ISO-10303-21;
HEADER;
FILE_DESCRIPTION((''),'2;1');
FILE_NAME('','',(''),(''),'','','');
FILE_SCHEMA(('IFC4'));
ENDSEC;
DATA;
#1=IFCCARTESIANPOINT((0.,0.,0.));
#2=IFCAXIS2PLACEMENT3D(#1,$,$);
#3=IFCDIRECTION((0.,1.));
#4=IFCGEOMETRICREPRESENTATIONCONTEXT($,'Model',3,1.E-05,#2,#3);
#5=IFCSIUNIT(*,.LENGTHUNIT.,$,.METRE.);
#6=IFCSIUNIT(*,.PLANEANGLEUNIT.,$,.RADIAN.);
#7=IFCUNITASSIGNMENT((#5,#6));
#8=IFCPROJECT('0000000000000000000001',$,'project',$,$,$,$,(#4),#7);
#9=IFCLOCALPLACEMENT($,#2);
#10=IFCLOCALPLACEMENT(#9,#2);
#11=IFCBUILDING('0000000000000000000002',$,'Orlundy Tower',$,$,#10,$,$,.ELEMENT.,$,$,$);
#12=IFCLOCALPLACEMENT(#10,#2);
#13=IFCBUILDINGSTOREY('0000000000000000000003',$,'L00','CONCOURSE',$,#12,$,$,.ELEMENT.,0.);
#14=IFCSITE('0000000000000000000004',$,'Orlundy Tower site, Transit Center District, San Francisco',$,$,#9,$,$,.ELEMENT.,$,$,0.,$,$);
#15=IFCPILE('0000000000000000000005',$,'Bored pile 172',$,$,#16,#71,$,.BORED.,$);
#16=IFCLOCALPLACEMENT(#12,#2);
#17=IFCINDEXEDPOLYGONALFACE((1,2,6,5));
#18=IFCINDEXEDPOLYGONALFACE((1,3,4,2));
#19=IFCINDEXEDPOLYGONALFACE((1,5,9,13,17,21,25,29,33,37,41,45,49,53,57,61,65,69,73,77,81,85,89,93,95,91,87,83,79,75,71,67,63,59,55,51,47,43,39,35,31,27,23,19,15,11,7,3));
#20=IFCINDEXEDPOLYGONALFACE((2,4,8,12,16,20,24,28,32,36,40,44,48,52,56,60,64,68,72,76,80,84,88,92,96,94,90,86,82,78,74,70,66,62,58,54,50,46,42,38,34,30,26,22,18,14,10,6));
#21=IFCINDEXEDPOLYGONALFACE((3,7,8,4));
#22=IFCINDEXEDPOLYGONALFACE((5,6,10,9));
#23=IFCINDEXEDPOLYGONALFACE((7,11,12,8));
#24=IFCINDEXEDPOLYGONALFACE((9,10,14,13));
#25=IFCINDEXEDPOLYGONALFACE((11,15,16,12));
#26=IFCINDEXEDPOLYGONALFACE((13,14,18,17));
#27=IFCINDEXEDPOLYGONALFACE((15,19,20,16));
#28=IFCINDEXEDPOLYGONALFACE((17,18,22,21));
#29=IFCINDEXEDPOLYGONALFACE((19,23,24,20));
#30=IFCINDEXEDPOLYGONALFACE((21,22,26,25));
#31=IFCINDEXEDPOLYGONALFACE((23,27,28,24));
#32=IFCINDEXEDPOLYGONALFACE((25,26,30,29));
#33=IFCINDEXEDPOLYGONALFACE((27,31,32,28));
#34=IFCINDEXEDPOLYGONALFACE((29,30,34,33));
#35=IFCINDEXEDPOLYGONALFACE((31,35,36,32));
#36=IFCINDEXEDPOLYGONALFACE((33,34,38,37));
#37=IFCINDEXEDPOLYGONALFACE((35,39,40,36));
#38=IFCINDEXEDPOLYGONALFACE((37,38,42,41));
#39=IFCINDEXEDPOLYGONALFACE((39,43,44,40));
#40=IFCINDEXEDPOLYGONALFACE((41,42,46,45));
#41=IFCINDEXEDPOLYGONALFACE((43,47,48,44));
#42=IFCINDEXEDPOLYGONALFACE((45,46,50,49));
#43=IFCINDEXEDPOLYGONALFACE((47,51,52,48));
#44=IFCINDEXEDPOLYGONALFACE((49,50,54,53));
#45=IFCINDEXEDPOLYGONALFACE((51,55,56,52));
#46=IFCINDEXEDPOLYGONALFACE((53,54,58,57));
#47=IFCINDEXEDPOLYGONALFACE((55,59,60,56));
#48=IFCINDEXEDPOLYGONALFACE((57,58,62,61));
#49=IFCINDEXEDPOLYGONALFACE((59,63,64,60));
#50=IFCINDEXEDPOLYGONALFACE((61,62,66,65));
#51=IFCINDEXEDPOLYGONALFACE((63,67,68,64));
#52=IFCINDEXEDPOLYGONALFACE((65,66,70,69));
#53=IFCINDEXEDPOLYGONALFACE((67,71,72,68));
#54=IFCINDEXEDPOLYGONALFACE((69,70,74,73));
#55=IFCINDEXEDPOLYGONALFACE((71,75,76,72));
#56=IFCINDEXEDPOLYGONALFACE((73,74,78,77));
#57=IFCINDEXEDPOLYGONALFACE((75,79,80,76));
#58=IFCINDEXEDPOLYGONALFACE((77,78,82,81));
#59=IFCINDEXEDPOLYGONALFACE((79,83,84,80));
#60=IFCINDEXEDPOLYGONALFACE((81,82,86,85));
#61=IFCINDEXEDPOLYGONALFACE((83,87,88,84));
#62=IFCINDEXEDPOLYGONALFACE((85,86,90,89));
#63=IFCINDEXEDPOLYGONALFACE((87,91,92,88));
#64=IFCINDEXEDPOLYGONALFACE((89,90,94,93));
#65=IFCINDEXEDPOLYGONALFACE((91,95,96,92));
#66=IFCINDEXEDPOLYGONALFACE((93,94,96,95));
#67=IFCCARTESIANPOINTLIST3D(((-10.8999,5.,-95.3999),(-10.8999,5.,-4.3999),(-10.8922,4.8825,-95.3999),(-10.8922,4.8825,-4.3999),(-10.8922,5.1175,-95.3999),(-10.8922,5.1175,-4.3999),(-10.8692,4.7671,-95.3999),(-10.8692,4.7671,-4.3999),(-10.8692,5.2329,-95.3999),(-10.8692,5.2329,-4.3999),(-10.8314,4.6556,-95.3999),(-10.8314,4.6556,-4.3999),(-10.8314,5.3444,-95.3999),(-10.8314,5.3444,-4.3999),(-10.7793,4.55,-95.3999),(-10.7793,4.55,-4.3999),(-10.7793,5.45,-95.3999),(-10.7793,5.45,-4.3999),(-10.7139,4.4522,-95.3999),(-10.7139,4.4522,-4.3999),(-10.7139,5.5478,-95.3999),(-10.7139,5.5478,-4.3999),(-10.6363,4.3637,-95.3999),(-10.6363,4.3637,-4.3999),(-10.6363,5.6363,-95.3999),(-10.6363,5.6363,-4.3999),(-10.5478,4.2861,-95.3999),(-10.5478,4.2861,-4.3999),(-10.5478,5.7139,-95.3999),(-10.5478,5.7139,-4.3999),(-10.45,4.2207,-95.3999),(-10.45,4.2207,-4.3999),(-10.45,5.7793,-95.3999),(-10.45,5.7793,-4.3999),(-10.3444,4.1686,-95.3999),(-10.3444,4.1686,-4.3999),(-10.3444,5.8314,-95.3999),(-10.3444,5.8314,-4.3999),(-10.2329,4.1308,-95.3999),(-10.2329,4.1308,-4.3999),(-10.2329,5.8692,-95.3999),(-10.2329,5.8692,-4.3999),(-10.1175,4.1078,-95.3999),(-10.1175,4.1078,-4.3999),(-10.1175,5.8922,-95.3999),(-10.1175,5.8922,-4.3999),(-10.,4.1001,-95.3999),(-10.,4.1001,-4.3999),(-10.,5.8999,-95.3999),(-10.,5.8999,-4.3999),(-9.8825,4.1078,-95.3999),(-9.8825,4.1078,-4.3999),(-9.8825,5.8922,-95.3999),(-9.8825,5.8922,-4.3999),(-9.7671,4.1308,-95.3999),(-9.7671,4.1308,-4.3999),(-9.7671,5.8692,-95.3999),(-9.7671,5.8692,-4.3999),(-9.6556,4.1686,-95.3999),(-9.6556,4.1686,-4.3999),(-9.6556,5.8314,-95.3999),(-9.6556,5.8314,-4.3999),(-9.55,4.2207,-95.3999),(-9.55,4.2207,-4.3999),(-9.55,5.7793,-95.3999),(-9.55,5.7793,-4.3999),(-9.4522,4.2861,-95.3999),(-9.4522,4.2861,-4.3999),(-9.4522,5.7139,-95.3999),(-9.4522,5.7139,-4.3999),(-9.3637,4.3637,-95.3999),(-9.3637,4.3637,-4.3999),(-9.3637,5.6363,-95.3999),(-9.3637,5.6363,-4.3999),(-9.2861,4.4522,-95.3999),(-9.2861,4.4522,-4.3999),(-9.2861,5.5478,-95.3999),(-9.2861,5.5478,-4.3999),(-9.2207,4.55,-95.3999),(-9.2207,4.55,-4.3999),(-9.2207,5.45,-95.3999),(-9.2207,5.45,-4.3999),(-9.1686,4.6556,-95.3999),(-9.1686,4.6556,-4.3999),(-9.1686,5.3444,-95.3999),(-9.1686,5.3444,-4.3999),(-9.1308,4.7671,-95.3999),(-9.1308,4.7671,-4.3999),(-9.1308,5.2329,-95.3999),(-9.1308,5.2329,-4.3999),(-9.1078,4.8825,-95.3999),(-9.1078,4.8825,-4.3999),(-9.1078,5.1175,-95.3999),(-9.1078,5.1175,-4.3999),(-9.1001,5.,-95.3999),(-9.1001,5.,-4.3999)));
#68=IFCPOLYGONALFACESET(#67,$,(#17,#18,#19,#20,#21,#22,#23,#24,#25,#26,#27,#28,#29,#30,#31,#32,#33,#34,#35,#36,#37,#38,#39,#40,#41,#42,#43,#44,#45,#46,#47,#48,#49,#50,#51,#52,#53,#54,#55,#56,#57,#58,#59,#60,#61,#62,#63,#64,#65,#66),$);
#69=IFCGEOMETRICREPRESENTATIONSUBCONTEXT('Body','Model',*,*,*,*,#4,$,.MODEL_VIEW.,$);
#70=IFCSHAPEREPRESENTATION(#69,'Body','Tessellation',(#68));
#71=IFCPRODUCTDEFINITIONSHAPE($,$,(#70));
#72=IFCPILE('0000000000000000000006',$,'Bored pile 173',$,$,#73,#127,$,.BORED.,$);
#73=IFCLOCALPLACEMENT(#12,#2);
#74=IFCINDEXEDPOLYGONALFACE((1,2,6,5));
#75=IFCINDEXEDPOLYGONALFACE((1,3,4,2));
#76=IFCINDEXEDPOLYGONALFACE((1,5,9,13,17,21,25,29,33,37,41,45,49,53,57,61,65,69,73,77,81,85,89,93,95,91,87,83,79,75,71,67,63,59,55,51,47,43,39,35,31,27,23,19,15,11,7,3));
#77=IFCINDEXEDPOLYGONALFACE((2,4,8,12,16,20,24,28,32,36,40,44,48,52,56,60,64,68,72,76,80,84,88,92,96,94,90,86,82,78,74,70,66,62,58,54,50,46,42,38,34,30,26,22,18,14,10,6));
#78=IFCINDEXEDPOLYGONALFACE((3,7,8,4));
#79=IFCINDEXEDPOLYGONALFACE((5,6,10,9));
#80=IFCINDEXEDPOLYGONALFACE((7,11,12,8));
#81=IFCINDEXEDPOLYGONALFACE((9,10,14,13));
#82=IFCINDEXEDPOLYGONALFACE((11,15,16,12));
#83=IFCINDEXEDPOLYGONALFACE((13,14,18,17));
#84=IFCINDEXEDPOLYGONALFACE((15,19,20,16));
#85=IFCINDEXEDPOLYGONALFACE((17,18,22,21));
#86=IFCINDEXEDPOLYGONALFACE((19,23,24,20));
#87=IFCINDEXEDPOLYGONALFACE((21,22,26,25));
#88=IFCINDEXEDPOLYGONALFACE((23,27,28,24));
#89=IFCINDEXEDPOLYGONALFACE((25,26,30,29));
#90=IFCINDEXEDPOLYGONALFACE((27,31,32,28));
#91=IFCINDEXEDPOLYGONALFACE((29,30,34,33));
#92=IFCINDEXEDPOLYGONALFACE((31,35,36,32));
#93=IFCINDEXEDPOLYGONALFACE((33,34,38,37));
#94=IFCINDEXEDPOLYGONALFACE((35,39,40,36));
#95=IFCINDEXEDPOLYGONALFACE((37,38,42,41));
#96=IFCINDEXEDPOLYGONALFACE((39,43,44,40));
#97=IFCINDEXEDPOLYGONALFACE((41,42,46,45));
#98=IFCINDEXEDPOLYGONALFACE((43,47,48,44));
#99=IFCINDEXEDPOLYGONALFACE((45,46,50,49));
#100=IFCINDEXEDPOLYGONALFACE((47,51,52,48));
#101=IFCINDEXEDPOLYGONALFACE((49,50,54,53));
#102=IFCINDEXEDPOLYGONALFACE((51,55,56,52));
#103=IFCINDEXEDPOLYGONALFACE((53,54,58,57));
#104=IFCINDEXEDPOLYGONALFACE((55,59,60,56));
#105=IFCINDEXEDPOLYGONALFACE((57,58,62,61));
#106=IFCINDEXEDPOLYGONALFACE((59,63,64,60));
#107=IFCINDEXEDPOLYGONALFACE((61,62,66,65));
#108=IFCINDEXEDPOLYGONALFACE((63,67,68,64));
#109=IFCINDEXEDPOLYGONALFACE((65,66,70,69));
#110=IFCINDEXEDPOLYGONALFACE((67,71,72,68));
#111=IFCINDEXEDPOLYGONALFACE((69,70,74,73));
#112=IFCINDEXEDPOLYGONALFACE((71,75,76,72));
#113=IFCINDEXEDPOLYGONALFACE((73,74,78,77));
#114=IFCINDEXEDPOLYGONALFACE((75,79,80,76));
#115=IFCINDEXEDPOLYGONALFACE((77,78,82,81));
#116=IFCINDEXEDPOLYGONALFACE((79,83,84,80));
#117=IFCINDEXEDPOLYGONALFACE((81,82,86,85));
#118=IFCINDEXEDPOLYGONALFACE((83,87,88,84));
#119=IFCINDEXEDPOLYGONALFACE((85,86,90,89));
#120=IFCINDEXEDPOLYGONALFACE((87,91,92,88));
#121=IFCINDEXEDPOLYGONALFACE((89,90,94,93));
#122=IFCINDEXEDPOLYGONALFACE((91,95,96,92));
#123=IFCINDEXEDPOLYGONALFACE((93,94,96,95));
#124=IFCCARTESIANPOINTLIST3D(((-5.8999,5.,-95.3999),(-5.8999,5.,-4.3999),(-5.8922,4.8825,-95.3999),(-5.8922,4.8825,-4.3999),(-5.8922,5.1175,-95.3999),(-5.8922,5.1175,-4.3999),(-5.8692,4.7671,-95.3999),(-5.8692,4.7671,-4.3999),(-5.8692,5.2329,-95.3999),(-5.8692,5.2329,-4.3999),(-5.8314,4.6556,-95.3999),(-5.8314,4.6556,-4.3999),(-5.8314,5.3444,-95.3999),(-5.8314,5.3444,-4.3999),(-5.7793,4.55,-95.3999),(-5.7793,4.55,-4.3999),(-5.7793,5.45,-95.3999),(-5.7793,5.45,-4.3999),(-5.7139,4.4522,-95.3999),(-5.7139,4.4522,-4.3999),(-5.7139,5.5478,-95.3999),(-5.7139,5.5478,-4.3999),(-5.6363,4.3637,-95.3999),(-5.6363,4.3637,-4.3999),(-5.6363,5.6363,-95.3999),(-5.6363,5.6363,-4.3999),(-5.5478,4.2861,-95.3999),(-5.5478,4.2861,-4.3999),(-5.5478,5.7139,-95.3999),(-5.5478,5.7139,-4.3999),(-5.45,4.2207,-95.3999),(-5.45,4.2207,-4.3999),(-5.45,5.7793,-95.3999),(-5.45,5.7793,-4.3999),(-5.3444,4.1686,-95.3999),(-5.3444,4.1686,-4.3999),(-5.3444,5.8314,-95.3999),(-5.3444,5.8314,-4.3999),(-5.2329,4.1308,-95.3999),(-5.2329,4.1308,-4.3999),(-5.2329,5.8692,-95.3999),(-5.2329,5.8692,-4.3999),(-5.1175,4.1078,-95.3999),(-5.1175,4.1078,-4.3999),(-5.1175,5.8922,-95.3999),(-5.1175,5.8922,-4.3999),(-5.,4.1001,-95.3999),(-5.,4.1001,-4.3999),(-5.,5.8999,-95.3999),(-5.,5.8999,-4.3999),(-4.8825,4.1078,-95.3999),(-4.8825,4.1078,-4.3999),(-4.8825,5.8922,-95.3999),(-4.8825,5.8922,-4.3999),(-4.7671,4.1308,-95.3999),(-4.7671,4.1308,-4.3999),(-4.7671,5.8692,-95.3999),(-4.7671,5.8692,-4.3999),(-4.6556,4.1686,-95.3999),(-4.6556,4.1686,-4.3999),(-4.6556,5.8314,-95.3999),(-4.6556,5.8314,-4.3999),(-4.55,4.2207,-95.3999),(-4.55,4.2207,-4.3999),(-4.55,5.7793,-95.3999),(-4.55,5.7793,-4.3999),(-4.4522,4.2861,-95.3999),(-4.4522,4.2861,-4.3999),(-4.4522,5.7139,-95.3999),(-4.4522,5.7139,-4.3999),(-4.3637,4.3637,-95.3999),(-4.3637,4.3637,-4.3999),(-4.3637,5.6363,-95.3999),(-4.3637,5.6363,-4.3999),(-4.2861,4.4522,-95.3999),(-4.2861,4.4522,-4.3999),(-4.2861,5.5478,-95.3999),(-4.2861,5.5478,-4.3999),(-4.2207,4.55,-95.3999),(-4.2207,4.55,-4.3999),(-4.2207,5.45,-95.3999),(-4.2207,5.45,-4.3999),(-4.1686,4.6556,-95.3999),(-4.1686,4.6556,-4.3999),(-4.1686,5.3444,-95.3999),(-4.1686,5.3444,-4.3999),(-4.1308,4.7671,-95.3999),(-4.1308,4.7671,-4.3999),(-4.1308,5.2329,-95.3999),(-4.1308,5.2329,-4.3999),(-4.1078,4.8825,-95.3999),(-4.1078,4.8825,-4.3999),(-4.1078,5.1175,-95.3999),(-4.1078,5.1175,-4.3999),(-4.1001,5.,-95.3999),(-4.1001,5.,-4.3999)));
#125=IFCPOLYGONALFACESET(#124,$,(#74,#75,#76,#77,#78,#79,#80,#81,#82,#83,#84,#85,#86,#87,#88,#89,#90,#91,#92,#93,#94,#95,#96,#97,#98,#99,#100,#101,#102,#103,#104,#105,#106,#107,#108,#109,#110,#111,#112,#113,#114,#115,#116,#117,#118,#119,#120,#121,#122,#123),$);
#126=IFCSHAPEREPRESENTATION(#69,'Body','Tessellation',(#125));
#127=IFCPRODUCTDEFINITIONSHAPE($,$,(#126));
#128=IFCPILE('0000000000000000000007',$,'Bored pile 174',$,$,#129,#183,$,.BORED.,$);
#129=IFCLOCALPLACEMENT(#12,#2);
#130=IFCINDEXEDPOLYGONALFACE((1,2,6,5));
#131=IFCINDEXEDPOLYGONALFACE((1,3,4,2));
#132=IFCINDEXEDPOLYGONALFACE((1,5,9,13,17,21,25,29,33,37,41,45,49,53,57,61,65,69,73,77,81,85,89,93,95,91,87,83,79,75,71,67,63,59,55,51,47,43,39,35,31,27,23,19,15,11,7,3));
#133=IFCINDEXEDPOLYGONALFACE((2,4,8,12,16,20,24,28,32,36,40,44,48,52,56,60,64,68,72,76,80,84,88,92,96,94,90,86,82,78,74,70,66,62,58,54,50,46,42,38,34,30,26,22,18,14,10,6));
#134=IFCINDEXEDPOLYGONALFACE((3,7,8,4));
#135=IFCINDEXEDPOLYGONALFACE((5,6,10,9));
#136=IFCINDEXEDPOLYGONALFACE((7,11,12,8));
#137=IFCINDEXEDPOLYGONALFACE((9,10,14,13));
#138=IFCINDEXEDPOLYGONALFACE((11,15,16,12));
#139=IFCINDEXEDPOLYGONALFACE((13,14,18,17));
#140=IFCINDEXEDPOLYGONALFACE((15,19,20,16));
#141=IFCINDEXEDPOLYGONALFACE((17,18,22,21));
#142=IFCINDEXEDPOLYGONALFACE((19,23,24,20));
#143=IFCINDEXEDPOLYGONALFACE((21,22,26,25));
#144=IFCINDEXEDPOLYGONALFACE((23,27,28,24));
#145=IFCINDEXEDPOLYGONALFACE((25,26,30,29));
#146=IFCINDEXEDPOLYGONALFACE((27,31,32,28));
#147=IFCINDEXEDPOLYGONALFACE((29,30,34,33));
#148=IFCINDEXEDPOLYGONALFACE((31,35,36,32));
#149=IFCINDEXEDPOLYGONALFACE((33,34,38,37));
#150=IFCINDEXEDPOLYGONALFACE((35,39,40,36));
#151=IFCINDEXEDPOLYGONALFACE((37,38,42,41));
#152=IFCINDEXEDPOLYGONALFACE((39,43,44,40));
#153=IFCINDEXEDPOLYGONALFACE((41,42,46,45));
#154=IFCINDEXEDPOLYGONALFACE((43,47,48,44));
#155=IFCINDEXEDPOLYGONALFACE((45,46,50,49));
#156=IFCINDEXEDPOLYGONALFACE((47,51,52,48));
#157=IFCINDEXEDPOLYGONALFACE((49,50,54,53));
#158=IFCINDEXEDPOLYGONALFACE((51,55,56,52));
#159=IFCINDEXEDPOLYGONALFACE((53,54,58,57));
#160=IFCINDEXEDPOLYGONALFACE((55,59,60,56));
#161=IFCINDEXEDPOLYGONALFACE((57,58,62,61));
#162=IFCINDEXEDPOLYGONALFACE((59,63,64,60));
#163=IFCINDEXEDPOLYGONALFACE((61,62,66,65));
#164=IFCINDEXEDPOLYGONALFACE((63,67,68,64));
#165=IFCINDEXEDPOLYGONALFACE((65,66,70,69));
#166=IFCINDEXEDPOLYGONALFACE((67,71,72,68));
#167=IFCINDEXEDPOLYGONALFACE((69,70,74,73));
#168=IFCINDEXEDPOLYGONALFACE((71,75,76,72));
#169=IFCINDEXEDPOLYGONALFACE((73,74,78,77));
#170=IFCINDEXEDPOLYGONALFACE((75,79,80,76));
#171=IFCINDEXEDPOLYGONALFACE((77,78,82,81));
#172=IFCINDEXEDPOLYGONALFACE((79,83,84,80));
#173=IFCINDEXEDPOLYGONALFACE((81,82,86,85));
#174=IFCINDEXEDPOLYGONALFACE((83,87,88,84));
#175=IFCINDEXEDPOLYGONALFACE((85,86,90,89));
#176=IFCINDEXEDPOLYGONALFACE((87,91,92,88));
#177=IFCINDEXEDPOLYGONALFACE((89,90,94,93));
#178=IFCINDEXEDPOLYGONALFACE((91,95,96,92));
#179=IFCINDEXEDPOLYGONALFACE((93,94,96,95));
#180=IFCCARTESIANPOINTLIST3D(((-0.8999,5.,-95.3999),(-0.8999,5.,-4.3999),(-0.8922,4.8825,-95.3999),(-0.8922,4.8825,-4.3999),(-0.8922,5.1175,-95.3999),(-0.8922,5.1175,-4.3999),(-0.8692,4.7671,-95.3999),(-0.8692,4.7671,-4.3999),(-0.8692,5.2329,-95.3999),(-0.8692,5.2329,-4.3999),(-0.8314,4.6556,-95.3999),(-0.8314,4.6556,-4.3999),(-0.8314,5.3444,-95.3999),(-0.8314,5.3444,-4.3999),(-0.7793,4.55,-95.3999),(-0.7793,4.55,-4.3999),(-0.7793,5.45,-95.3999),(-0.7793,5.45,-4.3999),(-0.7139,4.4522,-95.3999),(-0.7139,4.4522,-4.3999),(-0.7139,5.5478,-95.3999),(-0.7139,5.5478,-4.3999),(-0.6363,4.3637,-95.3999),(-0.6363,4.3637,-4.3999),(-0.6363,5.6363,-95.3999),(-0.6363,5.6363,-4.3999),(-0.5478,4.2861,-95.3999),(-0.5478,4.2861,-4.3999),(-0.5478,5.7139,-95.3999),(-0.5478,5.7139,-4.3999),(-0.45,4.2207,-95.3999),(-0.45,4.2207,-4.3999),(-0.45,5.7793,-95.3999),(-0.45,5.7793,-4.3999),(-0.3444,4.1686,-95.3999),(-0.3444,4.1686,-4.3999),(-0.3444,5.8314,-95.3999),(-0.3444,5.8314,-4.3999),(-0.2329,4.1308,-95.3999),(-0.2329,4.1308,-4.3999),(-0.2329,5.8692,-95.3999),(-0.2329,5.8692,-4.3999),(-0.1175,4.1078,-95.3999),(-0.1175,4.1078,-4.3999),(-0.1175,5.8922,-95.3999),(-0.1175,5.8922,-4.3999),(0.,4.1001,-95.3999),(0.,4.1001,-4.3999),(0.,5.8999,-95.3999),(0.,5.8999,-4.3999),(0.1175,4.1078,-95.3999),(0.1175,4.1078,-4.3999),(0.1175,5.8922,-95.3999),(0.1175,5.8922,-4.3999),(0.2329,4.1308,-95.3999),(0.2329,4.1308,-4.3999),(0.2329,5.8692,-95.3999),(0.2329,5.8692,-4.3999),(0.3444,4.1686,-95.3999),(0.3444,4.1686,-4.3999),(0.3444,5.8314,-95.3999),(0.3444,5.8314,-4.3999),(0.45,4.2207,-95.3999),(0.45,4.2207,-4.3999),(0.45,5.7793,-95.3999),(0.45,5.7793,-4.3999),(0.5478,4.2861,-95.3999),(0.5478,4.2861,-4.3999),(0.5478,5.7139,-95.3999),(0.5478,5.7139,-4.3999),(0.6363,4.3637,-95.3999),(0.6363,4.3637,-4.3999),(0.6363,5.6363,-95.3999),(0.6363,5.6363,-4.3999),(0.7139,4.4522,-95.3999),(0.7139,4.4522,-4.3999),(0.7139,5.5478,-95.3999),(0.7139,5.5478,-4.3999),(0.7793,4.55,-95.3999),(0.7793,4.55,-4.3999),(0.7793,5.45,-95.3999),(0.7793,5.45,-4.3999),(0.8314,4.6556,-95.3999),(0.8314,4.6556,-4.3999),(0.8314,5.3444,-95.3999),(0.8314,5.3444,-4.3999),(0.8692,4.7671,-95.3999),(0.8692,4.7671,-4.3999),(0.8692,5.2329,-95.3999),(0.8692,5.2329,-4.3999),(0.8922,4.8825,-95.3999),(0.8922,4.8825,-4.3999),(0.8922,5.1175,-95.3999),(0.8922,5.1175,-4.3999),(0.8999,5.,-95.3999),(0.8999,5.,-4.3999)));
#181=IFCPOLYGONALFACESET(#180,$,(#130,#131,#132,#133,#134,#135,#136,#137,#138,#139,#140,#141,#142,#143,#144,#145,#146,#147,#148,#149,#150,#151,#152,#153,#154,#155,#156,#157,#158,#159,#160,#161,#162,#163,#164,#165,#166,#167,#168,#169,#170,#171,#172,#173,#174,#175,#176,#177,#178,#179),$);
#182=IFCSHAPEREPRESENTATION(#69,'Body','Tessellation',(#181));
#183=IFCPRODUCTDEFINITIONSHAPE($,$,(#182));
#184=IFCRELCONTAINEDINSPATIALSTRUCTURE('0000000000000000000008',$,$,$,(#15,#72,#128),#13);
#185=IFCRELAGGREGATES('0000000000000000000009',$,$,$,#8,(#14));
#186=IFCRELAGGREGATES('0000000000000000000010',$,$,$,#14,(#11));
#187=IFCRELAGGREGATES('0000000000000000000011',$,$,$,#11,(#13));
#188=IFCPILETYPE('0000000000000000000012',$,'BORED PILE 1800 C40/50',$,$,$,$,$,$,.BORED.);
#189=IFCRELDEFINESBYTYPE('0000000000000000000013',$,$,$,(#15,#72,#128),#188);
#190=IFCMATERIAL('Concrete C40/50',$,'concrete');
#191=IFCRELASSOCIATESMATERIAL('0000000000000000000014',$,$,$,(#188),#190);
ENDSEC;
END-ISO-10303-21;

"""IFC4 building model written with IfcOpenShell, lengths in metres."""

from ifc_helpers import new_model, si_unit, direction, frame, origin, origin_2d, place, context, subcontext, project, spatial, circle, extrude, material, material_profile, profile_set, type_object, element, save


model = new_model("IFC4")

# Units and contexts
model_context = context("Model", 3, precision=1e-05, world=origin(), true_north=direction((0.0, 1.0)))
body_context = subcontext(model_context, "Body", "Model", "MODEL_VIEW")
ifc_project = project(units=[si_unit("LENGTHUNIT", "METRE"), si_unit("PLANEANGLEUNIT", "RADIAN")], contexts=[model_context])

# Site, building, storey
site_placement = place(None, origin())
site = spatial("IfcSite", under=ifc_project, at=site_placement, Name="Orlundy Tower site, Transit Center District, San Francisco", CompositionType="ELEMENT", RefElevation=0.0)
building_placement = place(site_placement, origin())
building = spatial("IfcBuilding", under=site, at=building_placement, Name="Orlundy Tower", CompositionType="ELEMENT")
storey_placement = place(building_placement, origin())
storey = spatial("IfcBuildingStorey", under=building, at=storey_placement, Name="L00", Description="CONCOURSE", CompositionType="ELEMENT", Elevation=0.0)

# Piles
ifc_material_1 = material(Name="Concrete C40/50", Category="concrete")
ifc_material_profile = material_profile(ifc_material_1, circle(Radius=0.8999, at=origin_2d()), Name="BP1800")
ifc_profile_set = profile_set([ifc_material_profile], Name="Concrete C40/50")
pile_type = type_object("IfcPileType", Name="BORED PILE 1800 C40/50", PredefinedType="BORED", material=ifc_profile_set)
for number, where, z_axis, x_axis, name in (
    (1, (-10.0, 5.0, -4.3999), (0.0, 0.0, -1.0), (1.0, 0.0, 0.0), "Bored pile 172"),
    (2, (-5.0, 5.0, -4.3999), (0.0, 0.0, -1.0), (1.0, 0.0, 0.0), "Bored pile 173"),
    (3, (0.0, 5.0, -4.3999), (0.0, 0.0, -1.0), (1.0, 0.0, 0.0), "Bored pile 174"),
):
    element("IfcPile", number, at=place(storey_placement, frame(where, z_axis=z_axis, x_axis=x_axis)), inside=storey, type_object=pile_type, Name=name, PredefinedType="BORED", context=body_context, shape_type="SweptSolid", body=[
        extrude(circle(Radius=0.8999, at=origin_2d()), origin(), (0.0, 0.0, 1.0), 91.0),
    ])

save(model, "model.ifc")
